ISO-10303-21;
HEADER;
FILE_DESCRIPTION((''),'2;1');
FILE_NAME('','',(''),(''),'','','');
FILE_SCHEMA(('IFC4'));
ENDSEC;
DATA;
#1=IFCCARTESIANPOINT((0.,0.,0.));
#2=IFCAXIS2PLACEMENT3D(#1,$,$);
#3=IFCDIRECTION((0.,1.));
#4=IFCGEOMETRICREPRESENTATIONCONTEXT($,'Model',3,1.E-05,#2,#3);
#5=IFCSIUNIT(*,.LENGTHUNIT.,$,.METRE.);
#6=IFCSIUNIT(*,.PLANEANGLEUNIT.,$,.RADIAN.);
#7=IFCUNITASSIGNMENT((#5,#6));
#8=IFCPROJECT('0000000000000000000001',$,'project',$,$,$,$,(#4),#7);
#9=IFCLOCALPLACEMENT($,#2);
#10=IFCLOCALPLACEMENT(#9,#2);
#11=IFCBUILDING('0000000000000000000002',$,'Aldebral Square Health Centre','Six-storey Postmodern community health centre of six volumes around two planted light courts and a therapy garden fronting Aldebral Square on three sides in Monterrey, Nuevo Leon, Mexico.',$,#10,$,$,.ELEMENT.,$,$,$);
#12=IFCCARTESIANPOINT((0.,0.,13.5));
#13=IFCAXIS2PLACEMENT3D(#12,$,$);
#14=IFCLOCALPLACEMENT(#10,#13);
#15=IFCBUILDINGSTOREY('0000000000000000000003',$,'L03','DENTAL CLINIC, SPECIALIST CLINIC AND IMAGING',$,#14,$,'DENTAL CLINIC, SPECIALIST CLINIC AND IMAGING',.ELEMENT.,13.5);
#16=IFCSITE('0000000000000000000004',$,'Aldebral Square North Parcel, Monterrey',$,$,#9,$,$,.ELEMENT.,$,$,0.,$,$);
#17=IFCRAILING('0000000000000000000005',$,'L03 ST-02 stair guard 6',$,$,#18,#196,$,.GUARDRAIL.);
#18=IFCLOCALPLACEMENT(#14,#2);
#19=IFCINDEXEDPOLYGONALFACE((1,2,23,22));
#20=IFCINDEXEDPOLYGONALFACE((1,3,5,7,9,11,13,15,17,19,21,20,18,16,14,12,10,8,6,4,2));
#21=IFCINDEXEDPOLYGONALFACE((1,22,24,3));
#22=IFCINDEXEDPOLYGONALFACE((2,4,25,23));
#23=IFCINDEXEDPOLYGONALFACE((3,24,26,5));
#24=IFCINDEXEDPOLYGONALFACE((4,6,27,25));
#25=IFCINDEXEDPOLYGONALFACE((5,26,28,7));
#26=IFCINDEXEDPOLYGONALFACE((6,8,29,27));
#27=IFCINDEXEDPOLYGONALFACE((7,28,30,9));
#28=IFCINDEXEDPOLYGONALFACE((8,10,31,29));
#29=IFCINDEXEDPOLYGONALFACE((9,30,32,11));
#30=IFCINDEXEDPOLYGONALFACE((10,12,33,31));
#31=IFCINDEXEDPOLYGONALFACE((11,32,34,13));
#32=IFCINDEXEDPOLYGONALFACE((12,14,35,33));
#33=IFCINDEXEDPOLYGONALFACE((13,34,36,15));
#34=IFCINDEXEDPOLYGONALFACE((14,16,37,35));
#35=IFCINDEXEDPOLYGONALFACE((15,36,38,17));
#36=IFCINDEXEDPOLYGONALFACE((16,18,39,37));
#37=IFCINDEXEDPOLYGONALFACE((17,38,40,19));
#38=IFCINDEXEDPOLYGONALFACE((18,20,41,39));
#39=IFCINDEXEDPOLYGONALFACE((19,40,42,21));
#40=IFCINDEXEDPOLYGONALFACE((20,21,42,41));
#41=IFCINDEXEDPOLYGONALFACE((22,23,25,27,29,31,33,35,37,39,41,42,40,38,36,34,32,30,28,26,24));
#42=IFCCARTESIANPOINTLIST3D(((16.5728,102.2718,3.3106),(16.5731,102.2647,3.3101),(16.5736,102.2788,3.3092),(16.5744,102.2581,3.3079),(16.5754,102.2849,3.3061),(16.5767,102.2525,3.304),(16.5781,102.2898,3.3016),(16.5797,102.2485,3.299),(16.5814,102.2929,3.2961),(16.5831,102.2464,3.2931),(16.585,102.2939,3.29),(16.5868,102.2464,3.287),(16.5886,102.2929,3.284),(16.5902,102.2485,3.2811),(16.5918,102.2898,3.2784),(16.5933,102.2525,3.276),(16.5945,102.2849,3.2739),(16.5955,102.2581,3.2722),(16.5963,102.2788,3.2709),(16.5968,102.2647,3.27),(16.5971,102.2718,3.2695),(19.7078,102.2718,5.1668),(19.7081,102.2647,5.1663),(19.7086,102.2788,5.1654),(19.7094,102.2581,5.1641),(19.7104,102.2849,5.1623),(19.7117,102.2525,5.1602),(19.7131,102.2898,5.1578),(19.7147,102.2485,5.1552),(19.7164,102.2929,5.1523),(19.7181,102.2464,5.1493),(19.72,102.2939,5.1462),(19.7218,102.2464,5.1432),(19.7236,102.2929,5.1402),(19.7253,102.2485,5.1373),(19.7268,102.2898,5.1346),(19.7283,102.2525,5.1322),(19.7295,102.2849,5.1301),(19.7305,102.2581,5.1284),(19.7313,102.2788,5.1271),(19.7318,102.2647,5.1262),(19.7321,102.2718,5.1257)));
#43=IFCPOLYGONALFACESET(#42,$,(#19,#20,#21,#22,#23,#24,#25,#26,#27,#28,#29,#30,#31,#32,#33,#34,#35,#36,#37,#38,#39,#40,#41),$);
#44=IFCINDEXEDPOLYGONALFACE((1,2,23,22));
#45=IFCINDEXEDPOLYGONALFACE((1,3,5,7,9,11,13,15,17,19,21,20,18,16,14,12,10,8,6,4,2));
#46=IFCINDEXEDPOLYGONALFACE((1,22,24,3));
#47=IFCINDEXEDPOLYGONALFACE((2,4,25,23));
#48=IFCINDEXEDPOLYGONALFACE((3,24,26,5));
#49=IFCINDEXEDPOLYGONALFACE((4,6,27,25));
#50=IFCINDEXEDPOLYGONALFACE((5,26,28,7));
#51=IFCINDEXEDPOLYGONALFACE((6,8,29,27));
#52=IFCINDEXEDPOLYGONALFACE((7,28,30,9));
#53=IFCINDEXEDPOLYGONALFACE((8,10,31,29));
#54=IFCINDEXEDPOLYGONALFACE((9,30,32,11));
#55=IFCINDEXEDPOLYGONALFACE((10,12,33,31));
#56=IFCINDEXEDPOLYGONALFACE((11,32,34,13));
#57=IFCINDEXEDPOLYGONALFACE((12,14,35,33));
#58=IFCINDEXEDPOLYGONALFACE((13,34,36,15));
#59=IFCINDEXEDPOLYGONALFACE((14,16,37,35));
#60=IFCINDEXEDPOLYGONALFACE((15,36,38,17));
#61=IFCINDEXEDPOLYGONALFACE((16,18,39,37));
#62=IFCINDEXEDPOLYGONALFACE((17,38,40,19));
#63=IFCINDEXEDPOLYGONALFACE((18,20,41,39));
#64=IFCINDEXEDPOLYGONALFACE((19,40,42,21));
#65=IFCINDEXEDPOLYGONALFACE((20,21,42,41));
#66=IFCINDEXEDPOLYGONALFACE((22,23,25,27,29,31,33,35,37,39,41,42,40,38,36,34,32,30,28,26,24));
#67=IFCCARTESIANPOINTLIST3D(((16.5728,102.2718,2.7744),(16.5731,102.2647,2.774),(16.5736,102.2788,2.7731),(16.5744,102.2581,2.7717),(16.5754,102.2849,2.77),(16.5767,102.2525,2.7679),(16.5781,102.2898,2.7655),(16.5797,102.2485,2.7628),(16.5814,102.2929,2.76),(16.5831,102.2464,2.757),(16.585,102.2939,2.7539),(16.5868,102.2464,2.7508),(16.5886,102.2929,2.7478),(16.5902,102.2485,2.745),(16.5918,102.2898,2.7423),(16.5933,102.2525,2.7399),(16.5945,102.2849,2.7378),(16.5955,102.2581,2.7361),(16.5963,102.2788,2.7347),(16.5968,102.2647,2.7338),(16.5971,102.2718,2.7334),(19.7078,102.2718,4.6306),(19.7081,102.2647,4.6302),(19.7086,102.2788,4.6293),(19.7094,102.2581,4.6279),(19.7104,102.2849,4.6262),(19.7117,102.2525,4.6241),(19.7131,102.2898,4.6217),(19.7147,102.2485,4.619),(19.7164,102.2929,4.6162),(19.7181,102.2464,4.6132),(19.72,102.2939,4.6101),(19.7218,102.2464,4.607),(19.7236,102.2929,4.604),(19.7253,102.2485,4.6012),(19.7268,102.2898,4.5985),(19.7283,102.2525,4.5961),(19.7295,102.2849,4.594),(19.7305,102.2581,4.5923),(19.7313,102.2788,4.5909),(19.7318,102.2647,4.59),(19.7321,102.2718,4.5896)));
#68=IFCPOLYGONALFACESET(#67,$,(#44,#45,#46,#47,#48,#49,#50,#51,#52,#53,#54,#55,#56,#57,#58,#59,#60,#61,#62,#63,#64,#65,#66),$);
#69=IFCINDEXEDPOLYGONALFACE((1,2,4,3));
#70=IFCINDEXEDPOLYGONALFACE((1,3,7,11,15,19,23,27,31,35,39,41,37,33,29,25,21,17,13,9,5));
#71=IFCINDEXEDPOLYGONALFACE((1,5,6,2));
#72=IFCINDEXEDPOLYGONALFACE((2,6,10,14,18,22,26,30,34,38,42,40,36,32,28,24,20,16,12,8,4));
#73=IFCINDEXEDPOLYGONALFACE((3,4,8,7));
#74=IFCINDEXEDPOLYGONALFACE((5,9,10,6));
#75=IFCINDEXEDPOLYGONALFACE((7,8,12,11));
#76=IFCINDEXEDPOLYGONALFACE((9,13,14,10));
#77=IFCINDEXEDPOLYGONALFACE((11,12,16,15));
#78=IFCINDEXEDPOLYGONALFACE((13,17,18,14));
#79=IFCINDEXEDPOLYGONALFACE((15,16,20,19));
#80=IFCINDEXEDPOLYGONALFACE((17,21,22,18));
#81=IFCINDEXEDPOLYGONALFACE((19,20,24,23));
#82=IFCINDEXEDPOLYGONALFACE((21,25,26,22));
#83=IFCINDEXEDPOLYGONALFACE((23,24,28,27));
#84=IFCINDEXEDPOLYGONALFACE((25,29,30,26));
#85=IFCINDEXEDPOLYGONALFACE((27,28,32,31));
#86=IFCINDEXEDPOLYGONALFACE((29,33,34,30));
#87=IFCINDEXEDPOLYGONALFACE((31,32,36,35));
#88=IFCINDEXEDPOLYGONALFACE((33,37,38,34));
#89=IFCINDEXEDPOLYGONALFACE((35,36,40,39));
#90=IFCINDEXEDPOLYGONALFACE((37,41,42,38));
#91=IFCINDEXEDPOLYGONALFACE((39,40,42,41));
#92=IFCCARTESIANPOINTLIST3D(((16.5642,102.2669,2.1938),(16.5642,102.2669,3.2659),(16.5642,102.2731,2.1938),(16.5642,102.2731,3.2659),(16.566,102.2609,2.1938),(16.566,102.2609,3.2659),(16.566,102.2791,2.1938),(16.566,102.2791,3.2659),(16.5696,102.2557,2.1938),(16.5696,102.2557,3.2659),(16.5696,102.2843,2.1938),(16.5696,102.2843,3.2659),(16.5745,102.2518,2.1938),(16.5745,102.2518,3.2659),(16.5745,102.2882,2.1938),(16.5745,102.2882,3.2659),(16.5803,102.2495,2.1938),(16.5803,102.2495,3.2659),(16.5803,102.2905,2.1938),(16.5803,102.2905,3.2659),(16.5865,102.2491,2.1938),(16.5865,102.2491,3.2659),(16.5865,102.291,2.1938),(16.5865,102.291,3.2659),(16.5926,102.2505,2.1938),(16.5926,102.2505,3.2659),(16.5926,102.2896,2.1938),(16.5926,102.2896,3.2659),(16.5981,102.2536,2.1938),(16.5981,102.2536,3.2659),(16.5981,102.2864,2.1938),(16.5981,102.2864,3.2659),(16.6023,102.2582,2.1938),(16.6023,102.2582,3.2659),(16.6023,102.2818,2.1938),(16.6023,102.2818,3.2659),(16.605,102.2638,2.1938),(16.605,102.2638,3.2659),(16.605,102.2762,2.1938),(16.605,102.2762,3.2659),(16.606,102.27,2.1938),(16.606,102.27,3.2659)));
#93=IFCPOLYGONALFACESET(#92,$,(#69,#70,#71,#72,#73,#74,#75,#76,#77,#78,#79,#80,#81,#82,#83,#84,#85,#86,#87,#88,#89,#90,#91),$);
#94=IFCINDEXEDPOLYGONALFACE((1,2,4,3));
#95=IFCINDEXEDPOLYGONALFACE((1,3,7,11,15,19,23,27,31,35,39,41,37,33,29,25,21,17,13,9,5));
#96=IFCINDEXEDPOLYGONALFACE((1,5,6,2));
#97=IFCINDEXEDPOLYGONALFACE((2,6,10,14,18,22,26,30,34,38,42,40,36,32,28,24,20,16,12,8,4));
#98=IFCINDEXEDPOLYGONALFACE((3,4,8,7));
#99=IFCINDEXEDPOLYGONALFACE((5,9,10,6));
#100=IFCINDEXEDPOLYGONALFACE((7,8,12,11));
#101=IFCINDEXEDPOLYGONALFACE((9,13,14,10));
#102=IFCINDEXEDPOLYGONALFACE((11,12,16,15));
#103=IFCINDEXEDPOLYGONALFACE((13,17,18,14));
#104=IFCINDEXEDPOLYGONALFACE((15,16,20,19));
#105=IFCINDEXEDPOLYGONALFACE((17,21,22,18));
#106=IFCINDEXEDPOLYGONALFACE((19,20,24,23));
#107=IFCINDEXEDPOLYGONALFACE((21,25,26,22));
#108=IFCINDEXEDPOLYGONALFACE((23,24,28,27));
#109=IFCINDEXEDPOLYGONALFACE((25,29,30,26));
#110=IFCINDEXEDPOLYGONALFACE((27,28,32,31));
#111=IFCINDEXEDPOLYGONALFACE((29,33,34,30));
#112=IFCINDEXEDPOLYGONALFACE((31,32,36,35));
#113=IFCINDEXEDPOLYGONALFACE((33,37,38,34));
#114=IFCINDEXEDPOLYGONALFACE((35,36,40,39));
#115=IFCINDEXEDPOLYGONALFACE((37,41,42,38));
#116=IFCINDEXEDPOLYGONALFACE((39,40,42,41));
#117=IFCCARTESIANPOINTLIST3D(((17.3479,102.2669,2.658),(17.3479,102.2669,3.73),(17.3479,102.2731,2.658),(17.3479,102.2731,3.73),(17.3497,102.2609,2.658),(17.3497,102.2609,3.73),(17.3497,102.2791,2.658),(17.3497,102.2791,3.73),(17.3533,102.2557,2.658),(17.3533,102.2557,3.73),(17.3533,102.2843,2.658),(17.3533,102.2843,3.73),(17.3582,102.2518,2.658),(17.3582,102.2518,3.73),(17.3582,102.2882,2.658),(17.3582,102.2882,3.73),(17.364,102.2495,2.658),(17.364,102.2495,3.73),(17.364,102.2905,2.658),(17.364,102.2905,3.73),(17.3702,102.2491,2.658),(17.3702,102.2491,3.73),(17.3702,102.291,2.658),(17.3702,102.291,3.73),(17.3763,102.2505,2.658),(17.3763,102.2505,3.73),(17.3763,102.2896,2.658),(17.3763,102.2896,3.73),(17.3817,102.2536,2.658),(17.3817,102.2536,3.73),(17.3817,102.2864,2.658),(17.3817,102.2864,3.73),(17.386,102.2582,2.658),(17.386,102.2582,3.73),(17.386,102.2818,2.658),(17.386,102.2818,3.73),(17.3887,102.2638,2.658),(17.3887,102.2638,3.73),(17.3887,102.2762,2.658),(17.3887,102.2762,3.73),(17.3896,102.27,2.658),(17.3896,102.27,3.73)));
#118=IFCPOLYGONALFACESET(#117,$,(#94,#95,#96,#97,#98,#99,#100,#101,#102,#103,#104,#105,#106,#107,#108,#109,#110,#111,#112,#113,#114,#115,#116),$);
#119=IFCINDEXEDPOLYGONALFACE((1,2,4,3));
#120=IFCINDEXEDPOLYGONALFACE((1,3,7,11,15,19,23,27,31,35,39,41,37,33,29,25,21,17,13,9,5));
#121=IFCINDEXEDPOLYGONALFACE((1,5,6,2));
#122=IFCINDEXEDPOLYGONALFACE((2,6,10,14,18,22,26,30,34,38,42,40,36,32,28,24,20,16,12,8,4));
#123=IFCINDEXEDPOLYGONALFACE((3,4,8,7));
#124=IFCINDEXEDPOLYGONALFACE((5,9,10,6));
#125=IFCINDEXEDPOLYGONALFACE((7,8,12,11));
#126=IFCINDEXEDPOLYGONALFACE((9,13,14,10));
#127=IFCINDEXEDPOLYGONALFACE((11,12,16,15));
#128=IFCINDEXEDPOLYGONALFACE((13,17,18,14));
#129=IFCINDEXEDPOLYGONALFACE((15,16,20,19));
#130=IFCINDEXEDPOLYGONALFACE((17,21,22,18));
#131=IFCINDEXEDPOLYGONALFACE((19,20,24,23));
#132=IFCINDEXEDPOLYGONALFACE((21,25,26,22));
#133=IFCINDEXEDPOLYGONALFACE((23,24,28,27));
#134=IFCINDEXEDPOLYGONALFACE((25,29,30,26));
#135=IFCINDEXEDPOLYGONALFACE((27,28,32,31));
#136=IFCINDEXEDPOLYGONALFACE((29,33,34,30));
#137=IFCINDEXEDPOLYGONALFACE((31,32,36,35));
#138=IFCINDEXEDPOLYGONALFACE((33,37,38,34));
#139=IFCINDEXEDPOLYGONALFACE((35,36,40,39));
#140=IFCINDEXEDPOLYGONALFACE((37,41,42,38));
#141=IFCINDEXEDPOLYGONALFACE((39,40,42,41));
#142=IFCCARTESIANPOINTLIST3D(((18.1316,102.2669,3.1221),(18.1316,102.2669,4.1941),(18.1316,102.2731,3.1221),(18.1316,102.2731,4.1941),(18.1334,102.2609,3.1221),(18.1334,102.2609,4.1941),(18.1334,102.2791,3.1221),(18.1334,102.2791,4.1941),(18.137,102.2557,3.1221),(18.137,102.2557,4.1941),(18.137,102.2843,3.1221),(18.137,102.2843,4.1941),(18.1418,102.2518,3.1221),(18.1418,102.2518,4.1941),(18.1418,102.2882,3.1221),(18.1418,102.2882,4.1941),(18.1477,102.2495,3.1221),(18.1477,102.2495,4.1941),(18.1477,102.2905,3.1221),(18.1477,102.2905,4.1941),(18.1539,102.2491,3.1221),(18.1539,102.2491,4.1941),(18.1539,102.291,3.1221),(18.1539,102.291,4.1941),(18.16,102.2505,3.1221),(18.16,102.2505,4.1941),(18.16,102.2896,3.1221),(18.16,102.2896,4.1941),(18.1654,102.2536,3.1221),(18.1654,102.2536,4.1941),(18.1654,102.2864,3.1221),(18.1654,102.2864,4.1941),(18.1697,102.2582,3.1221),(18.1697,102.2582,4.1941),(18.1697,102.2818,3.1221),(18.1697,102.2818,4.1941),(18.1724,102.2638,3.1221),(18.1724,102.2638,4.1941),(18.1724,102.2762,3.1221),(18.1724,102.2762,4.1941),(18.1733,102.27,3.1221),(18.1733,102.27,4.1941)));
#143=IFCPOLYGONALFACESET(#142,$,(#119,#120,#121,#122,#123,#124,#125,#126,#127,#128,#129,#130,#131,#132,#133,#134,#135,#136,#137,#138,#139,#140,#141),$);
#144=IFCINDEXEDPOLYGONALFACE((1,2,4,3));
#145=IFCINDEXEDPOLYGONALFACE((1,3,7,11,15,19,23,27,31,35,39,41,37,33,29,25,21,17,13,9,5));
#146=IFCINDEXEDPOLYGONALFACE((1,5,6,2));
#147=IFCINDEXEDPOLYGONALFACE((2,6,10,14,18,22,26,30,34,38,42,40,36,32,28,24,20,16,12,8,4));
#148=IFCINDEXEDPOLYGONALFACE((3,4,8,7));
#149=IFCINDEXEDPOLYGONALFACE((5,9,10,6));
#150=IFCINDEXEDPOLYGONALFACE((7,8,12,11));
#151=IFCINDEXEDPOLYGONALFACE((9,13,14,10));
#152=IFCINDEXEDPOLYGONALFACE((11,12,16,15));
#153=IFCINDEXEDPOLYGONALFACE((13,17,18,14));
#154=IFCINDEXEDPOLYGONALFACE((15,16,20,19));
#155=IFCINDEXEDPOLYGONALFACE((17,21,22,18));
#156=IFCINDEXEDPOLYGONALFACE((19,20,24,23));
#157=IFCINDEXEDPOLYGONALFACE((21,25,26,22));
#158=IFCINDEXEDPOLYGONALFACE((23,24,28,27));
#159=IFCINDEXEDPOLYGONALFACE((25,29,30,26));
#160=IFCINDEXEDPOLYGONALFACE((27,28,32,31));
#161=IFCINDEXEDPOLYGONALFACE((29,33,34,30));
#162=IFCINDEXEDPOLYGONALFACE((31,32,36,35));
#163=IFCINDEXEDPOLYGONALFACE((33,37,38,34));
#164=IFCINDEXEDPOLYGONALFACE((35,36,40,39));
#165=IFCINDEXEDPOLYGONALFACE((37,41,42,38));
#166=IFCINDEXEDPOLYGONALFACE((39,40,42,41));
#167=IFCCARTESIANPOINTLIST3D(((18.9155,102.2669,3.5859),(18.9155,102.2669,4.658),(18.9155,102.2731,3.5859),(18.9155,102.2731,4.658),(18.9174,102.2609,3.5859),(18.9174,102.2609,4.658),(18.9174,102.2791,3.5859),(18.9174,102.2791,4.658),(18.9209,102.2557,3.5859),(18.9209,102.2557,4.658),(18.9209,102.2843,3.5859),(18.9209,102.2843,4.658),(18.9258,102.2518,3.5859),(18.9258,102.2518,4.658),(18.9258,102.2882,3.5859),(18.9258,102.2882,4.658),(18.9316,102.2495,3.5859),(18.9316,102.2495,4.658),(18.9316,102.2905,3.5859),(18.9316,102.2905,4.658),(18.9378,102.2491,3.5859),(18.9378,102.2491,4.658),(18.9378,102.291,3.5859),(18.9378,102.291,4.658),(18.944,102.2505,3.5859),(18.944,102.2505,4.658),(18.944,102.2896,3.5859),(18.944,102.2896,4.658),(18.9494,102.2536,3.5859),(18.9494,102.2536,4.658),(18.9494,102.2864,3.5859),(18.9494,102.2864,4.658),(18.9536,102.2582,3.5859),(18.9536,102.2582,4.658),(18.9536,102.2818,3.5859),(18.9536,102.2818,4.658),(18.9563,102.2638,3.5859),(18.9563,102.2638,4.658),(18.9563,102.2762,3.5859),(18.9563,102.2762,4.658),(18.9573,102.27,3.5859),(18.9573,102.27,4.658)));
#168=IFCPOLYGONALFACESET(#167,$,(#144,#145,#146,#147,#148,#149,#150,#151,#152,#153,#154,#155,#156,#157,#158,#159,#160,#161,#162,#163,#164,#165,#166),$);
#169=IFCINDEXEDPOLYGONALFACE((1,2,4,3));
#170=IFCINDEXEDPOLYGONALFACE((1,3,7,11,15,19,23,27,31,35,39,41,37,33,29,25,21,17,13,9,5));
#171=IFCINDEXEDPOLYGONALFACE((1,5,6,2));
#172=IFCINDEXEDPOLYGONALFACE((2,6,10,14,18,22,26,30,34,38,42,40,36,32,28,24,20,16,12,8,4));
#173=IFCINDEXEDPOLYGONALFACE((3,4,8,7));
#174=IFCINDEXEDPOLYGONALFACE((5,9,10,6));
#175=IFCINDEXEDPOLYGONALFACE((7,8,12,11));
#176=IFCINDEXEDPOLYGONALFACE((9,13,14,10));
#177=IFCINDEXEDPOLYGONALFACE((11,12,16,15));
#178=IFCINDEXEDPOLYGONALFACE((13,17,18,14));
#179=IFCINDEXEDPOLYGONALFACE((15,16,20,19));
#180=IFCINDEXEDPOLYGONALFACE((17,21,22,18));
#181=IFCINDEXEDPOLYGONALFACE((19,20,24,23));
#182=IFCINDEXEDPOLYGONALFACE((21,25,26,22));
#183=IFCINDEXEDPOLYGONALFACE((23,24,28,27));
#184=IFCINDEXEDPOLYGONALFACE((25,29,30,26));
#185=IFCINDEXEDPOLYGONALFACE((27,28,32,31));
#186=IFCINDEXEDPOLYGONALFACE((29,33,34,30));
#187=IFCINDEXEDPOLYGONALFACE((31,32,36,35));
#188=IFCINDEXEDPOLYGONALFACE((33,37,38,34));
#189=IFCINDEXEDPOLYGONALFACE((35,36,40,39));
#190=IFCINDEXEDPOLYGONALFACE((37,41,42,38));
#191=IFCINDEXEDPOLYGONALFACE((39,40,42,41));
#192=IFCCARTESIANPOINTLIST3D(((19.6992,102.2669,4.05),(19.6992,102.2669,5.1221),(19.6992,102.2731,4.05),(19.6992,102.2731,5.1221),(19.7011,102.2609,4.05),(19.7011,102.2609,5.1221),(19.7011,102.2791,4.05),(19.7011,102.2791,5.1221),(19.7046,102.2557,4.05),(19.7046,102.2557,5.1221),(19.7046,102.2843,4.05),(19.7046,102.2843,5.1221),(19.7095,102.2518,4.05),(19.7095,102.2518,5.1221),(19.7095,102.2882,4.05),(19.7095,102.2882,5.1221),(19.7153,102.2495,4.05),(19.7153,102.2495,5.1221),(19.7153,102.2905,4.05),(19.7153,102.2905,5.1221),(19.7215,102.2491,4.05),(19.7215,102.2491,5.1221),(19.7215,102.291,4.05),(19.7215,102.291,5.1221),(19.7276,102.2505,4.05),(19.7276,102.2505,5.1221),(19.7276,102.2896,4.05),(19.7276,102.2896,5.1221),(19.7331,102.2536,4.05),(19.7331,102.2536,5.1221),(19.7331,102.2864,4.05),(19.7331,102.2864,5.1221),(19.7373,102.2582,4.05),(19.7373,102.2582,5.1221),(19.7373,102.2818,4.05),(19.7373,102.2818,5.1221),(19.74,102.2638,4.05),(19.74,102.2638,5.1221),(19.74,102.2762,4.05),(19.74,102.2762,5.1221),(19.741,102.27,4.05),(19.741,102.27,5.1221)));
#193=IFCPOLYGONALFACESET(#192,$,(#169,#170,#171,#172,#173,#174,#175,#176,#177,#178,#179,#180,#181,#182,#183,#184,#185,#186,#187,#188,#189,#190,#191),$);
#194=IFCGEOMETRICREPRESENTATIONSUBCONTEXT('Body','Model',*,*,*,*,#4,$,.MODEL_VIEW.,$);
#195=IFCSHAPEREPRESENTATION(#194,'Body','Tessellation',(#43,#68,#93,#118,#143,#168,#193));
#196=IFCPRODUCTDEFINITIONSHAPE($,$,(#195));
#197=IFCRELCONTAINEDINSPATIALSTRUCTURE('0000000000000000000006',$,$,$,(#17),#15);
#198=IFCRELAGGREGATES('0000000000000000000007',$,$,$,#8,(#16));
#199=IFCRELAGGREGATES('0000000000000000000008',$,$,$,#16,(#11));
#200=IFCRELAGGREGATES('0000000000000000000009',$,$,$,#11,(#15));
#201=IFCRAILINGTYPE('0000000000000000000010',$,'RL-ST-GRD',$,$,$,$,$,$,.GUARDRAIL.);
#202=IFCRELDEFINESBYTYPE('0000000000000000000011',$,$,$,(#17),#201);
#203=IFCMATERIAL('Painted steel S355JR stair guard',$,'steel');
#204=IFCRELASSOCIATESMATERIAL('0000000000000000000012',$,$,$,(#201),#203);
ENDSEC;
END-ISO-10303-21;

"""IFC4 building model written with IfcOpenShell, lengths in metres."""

from ifc_helpers import new_model, si_unit, direction, frame, origin, origin_2d, place, context, subcontext, project, spatial, circle, extrude, material, type_object, element, save


model = new_model("IFC4")

# Units and contexts
model_context = context("Model", 3, precision=1e-05, world=origin(), true_north=direction((0.0, 1.0)))
body_context = subcontext(model_context, "Body", "Model", "MODEL_VIEW")
ifc_project = project(units=[si_unit("LENGTHUNIT", "METRE"), si_unit("PLANEANGLEUNIT", "RADIAN")], contexts=[model_context])

# Site, building, storey
site_placement = place(None, origin())
site = spatial("IfcSite", under=ifc_project, at=site_placement, Name="Aldebral Square North Parcel, Monterrey", CompositionType="ELEMENT", RefElevation=0.0)
building_placement = place(site_placement, origin())
building = spatial("IfcBuilding", under=site, at=building_placement, Name="Aldebral Square Health Centre", Description="Six-storey Postmodern community health centre of six volumes around two planted light courts and a therapy garden fronting Aldebral Square on three sides in Monterrey, Nuevo Leon, Mexico.", CompositionType="ELEMENT")
storey_placement = place(building_placement, frame((0.0, 0.0, 13.5)))
storey = spatial("IfcBuildingStorey", under=building, at=storey_placement, Name="L03", Description="DENTAL CLINIC, SPECIALIST CLINIC AND IMAGING", LongName="DENTAL CLINIC, SPECIALIST CLINIC AND IMAGING", CompositionType="ELEMENT", Elevation=13.5)

# Railing
ifc_material_1 = material(Name="Painted steel S355JR stair guard", Category="steel")
railing_type_1 = type_object("IfcRailingType", Name="RL-ST-GRD", PredefinedType="GUARDRAIL", material=ifc_material_1)
railing_1_placement = place(storey_placement, frame((16.585, 102.27, 2.1938)))
element("IfcRailing", 1, at=railing_1_placement, inside=storey, type_object=railing_type_1, Name="L03 ST-02 stair guard 6", PredefinedType="GUARDRAIL", context=body_context, shape_type="SweptSolid", body=[
    extrude(circle(Radius=0.0239, at=origin_2d()), frame((0.0, 0.0, 1.0962), z_axis=(0.860482, 0.0, 0.509481), x_axis=(0.0, 1.0, 0.0)), (0.0, 0.0, 1.0), 3.6433),
    extrude(circle(Radius=0.0239, at=origin_2d()), frame((0.0, 0.0, 0.5601), z_axis=(0.860482, 0.0, 0.509481), x_axis=(0.0, 1.0, 0.0)), (0.0, 0.0, 1.0), 3.6433),
    extrude(circle(Radius=0.021, at=origin_2d()), origin(), (0.0, 0.0, 1.0), 1.072),
    extrude(circle(Radius=0.021, at=origin_2d()), frame((0.7837, 0.0, 0.4641)), (0.0, 0.0, 1.0), 1.072),
    extrude(circle(Radius=0.021, at=origin_2d()), frame((1.5674, 0.0, 0.9282)), (0.0, 0.0, 1.0), 1.072),
    extrude(circle(Radius=0.021, at=origin_2d()), frame((2.3513, 0.0, 1.3921)), (0.0, 0.0, 1.0), 1.072),
    extrude(circle(Radius=0.021, at=origin_2d()), frame((3.135, 0.0, 1.8562)), (0.0, 0.0, 1.0), 1.072),
])

save(model, "model.ifc")
